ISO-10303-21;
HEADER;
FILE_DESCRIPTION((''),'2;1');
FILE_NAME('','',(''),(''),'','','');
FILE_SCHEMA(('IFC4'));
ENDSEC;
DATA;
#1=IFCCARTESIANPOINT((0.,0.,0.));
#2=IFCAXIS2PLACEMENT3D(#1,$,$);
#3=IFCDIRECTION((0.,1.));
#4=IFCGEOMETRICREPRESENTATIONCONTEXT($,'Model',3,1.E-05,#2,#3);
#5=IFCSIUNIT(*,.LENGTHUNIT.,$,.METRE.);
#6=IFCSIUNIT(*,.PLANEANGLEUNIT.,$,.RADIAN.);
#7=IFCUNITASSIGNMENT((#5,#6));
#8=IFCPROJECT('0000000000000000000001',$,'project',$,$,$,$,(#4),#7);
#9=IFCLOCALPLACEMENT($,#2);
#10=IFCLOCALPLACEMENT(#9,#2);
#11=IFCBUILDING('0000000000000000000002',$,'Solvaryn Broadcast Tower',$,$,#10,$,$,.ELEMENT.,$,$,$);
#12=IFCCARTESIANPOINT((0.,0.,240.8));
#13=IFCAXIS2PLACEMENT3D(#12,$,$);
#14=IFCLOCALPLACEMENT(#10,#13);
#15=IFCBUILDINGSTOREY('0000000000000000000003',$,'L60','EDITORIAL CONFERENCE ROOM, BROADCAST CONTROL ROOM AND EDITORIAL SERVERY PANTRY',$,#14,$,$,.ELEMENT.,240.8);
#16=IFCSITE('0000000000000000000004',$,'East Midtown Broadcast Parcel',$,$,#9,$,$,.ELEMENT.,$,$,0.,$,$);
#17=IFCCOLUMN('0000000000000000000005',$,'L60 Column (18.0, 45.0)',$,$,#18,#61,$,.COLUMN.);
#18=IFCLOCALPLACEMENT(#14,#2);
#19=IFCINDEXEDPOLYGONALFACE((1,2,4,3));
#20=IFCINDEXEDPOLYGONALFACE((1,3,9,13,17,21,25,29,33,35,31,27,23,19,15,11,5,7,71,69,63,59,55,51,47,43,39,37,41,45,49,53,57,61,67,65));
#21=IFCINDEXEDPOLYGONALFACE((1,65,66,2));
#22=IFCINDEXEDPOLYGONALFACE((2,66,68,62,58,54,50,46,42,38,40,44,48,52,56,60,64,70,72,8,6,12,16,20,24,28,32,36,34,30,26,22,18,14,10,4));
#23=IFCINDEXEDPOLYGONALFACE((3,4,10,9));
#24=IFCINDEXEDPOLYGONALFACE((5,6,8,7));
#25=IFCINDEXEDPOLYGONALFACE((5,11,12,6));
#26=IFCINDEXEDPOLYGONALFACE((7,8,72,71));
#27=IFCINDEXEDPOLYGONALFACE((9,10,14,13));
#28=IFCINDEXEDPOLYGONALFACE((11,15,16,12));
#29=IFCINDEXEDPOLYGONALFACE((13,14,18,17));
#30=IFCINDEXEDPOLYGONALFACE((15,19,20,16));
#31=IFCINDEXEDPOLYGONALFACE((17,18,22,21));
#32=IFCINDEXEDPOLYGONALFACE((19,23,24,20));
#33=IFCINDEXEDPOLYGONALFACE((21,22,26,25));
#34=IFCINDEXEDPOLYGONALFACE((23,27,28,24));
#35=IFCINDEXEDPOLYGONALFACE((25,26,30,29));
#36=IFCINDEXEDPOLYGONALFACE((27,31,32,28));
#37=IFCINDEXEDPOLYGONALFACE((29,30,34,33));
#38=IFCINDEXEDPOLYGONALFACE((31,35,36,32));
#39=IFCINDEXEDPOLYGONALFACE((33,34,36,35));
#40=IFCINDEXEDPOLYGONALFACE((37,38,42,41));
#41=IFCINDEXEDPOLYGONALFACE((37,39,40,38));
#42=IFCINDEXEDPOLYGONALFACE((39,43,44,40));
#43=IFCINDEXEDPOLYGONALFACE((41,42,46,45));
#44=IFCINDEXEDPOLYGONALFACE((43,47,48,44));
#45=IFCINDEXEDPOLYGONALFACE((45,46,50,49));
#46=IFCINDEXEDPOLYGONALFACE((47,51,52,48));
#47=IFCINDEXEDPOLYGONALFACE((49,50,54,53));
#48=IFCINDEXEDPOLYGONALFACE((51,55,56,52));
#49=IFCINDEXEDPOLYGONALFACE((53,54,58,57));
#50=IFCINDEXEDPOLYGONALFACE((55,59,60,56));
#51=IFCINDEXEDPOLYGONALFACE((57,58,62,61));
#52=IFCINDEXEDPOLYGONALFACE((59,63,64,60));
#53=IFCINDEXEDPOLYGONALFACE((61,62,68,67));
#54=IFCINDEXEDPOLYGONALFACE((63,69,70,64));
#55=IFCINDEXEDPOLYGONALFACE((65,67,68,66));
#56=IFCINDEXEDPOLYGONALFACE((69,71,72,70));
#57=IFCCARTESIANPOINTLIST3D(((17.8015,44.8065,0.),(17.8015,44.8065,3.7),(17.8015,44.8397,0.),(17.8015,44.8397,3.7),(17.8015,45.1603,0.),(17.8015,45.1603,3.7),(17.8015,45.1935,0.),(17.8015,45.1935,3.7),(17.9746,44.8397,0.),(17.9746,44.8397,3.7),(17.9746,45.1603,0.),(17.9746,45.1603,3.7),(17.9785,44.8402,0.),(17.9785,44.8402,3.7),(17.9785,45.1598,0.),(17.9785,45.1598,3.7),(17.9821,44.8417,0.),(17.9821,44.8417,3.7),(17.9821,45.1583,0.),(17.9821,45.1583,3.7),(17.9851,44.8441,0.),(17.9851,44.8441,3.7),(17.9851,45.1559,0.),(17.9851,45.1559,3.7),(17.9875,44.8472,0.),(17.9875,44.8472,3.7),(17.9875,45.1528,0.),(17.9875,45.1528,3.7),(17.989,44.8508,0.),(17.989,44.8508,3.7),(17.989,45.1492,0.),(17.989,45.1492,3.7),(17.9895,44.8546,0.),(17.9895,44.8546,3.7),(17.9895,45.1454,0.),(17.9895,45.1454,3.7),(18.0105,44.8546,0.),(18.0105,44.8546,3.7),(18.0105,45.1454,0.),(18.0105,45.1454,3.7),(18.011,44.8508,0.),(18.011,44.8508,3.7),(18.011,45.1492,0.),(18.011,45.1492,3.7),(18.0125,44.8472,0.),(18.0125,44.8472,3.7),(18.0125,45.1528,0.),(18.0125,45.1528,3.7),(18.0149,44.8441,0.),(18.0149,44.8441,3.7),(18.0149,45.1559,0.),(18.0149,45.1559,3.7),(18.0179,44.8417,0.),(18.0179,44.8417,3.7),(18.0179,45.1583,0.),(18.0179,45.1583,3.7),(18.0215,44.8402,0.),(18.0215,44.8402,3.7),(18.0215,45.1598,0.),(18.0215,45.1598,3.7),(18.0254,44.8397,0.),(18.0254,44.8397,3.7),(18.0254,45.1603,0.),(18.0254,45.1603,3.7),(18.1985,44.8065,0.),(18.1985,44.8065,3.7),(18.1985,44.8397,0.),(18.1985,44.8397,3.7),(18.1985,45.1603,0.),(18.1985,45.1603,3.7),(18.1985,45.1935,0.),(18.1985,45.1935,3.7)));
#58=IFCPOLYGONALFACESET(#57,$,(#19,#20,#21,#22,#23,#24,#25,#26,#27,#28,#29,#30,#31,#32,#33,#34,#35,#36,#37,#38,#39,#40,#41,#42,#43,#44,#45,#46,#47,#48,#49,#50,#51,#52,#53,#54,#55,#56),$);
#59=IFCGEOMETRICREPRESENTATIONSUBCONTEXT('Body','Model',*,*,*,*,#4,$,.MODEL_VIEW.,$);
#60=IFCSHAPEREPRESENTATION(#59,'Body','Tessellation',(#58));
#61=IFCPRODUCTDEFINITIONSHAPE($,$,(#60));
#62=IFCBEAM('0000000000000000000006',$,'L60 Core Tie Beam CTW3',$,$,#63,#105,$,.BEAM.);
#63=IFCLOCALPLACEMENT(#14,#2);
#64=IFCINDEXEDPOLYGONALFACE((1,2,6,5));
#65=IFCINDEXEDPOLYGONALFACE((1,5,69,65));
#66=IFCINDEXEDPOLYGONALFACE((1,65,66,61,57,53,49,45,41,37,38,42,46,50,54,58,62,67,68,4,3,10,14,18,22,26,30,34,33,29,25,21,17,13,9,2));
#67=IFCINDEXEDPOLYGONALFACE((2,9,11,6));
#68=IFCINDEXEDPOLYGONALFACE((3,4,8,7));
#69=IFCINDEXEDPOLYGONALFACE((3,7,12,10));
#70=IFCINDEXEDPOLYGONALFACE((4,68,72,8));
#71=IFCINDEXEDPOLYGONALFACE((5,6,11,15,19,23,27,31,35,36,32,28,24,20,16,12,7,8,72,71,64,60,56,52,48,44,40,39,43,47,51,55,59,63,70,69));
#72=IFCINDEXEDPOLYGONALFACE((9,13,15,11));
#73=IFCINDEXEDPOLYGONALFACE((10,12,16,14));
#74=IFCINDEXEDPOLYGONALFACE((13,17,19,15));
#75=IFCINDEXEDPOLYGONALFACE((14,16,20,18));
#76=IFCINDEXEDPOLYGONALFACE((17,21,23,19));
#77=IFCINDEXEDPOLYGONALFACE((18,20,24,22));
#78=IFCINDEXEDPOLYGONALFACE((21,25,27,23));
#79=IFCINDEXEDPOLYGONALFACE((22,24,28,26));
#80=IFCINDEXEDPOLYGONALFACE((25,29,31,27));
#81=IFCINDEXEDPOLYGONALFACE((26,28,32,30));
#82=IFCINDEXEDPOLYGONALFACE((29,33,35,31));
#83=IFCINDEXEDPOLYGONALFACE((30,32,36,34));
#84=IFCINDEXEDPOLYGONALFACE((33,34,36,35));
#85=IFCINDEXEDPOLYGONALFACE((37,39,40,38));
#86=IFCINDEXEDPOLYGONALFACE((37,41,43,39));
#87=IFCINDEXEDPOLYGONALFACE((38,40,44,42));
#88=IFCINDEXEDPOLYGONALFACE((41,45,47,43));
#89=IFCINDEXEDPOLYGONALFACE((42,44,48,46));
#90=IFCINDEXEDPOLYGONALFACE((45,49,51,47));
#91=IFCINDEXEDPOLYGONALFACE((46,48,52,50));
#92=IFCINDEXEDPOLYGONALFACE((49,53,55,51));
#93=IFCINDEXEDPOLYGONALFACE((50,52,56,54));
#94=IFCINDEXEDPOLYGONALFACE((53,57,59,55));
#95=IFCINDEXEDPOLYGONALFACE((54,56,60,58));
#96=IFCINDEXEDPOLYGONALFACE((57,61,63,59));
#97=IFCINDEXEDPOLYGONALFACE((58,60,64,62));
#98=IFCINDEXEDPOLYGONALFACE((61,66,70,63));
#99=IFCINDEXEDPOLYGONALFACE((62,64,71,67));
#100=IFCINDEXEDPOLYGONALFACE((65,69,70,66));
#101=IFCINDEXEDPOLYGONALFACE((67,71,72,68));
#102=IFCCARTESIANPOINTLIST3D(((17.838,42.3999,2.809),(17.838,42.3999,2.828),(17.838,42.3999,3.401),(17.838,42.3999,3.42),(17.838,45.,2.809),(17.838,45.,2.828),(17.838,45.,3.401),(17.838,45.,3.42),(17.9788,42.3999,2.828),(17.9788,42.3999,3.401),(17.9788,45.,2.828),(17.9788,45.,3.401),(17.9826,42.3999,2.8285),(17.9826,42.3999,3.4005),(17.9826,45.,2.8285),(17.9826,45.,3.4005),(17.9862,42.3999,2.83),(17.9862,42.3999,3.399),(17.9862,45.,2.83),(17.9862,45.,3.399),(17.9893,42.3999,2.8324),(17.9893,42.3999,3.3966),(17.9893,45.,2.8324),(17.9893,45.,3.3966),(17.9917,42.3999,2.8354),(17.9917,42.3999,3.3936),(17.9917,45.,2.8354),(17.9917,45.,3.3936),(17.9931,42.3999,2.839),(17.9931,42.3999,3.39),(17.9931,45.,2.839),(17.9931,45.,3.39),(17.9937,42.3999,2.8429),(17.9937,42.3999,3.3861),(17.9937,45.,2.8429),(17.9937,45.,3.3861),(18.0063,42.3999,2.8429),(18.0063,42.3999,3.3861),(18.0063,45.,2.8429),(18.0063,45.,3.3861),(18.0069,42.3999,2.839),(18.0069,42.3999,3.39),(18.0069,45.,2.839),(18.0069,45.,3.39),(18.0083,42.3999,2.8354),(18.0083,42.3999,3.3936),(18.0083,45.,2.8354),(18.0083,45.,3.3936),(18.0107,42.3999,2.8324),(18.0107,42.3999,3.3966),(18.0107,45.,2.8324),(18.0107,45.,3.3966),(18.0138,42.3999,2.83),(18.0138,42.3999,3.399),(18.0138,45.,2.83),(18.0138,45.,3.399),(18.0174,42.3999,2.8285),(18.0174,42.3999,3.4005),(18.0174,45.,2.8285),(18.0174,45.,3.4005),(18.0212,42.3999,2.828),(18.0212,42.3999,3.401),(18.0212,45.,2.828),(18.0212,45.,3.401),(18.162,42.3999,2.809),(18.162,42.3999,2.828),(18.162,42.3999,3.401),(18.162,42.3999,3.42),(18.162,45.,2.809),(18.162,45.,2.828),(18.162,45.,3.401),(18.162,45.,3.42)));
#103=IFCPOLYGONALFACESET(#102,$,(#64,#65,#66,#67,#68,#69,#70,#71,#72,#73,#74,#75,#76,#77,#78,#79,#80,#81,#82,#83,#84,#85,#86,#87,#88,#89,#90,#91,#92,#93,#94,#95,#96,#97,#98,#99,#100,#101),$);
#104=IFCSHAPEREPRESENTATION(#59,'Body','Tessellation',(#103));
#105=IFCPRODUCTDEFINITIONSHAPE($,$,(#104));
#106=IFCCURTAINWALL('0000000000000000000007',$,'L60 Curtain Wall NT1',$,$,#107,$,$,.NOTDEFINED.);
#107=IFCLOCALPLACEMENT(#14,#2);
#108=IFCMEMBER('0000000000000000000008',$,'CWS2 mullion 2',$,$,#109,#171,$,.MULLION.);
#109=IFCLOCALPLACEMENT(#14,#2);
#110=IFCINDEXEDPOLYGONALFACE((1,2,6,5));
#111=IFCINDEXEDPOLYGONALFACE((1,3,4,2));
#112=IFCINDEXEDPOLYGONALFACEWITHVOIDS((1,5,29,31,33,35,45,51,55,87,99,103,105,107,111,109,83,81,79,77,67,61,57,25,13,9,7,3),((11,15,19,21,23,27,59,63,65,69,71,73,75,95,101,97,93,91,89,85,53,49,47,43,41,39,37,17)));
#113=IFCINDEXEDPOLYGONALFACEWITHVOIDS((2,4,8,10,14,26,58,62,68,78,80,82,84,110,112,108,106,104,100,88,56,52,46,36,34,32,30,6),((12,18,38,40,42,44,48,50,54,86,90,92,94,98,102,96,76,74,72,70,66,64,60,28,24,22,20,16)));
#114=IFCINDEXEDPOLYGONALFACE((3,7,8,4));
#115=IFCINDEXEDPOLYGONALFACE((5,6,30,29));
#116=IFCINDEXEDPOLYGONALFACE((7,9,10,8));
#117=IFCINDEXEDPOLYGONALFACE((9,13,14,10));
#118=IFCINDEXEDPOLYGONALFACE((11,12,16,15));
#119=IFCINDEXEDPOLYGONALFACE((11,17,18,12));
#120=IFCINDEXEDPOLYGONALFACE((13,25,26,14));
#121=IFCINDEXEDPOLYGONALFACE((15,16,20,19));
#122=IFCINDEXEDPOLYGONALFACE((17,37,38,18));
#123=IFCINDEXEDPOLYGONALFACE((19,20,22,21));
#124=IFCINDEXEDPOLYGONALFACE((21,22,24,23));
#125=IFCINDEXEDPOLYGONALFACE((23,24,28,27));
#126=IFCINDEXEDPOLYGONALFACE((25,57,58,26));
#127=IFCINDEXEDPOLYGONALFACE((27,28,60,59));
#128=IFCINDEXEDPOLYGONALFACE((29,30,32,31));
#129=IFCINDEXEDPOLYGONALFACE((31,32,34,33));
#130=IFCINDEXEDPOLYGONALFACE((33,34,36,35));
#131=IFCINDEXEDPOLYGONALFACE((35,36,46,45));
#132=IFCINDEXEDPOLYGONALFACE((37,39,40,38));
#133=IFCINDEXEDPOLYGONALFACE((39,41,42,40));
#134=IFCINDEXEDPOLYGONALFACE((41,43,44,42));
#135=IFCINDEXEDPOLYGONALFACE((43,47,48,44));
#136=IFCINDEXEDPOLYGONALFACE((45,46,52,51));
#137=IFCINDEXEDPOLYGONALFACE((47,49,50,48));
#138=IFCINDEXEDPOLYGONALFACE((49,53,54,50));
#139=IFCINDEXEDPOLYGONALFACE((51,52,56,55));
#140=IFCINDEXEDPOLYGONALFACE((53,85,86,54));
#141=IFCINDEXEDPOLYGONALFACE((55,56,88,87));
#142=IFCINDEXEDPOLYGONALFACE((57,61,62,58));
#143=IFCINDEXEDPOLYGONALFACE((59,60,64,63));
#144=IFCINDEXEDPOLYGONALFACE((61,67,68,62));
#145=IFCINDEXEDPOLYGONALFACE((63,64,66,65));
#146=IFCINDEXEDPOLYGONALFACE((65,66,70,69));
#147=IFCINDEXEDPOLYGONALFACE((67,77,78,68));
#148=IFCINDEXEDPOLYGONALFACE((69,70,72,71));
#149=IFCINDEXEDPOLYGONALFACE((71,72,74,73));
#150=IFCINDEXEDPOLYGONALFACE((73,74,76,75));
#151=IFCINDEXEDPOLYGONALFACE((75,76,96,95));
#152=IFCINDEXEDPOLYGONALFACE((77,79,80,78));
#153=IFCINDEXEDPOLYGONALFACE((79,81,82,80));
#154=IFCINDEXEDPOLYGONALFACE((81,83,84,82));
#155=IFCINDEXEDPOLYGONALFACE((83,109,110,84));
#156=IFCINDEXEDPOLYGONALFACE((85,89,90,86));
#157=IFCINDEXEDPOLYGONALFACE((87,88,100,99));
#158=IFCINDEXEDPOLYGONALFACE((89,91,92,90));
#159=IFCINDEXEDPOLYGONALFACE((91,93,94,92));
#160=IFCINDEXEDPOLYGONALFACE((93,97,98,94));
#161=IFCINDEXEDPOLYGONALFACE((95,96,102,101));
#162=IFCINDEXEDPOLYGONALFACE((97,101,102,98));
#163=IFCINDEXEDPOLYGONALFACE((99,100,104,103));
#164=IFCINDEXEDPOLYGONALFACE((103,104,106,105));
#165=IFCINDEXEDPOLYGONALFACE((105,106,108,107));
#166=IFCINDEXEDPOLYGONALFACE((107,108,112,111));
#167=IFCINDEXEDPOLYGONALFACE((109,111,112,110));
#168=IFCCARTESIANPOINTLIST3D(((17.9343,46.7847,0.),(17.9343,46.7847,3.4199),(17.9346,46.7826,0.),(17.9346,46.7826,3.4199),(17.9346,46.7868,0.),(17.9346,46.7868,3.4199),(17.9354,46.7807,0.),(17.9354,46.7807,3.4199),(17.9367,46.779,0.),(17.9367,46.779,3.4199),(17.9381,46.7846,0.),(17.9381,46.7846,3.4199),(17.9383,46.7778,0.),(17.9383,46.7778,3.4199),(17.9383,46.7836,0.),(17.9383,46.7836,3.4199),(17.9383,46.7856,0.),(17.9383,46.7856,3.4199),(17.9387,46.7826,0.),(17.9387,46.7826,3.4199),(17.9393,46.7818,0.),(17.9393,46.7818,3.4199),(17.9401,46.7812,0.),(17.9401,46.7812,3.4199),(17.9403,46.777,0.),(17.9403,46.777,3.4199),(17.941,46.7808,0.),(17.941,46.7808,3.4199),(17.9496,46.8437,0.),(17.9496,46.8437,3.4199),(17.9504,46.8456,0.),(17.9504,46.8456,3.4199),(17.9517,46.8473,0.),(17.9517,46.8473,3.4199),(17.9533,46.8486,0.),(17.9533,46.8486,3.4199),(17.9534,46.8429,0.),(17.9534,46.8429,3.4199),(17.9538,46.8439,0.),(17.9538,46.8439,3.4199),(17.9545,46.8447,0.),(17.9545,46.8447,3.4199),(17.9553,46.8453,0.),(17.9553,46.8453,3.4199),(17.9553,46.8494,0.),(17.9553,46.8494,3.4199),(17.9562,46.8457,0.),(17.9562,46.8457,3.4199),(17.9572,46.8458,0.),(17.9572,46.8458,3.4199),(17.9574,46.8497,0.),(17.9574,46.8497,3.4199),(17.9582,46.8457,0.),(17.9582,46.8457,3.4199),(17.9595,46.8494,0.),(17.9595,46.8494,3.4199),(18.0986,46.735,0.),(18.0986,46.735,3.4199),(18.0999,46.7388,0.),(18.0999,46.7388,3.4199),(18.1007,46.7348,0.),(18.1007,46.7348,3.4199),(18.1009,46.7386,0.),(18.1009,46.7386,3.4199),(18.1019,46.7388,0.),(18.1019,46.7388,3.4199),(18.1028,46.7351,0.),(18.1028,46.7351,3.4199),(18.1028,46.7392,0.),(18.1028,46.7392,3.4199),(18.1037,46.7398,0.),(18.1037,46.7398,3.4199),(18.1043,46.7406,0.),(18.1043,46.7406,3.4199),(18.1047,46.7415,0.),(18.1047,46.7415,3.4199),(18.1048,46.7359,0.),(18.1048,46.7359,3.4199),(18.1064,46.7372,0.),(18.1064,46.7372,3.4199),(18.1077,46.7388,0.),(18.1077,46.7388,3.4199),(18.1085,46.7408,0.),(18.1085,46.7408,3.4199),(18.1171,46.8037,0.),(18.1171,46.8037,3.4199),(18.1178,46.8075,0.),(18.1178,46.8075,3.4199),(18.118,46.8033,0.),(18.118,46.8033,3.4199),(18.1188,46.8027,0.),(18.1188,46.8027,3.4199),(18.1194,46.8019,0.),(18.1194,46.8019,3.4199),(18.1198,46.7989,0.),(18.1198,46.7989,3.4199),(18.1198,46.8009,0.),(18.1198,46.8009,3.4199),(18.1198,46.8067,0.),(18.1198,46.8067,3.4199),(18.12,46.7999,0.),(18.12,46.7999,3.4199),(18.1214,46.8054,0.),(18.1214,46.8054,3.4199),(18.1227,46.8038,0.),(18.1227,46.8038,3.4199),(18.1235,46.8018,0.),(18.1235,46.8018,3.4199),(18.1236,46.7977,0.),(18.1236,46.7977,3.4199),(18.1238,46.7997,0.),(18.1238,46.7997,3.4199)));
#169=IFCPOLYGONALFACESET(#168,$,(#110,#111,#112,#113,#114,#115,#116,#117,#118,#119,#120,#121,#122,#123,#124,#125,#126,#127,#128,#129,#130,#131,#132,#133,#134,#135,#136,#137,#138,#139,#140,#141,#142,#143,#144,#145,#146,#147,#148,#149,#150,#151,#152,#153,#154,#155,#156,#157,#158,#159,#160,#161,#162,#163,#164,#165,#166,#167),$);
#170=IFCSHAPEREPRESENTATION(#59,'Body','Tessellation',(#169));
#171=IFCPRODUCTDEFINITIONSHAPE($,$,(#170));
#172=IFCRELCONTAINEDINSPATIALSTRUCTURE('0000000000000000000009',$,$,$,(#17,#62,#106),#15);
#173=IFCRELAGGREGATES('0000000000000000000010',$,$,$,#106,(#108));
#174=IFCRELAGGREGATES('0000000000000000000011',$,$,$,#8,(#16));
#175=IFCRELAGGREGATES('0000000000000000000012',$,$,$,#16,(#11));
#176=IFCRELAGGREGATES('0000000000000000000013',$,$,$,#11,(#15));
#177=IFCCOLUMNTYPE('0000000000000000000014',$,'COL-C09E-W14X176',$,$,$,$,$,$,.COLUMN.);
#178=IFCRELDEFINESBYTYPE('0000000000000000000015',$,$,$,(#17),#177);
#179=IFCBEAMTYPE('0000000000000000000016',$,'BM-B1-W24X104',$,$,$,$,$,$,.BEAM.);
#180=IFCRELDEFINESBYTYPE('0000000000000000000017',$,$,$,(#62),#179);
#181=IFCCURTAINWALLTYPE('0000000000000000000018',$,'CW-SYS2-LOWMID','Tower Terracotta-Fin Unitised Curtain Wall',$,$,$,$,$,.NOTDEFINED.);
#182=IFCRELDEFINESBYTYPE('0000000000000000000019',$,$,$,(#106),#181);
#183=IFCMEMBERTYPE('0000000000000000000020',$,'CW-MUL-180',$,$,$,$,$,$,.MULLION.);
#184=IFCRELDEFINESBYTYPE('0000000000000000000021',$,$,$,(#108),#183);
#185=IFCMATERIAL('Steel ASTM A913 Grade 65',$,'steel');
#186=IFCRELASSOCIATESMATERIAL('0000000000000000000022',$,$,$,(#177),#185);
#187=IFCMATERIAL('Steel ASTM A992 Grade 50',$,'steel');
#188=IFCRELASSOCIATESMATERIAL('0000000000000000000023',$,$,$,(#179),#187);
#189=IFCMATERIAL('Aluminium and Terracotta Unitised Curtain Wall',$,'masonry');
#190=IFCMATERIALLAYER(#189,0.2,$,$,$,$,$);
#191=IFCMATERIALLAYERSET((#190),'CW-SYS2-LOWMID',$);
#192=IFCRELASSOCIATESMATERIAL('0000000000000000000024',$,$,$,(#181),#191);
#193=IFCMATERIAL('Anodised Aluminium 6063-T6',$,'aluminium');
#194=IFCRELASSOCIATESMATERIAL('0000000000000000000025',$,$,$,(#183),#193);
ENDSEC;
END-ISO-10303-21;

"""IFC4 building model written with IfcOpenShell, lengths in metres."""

from ifc_helpers import new_model, si_unit, direction, frame, origin, origin_2d, place, context, subcontext, project, spatial, hollow_rectangle, i_section, extrude, material, layer, layer_set, material_profile, profile_set, type_object, element, aggregate, save


model = new_model("IFC4")

# Units and contexts
model_context = context("Model", 3, precision=1e-05, world=origin(), true_north=direction((0.0, 1.0)))
body_context = subcontext(model_context, "Body", "Model", "MODEL_VIEW")
ifc_project = project(units=[si_unit("LENGTHUNIT", "METRE"), si_unit("PLANEANGLEUNIT", "RADIAN")], contexts=[model_context])

# Site, building, storey
site_placement = place(None, origin())
site = spatial("IfcSite", under=ifc_project, at=site_placement, Name="East Midtown Broadcast Parcel", CompositionType="ELEMENT", RefElevation=0.0)
building_placement = place(site_placement, origin())
building = spatial("IfcBuilding", under=site, at=building_placement, Name="Solvaryn Broadcast Tower", CompositionType="ELEMENT")
storey_placement = place(building_placement, frame((0.0, 0.0, 240.8)))
storey = spatial("IfcBuildingStorey", under=building, at=storey_placement, Name="L60", Description="EDITORIAL CONFERENCE ROOM, BROADCAST CONTROL ROOM AND EDITORIAL SERVERY PANTRY", CompositionType="ELEMENT", Elevation=240.8)

# Column
ifc_material_1 = material(Name="Steel ASTM A913 Grade 65", Category="steel")
ifc_material_profile_1 = material_profile(ifc_material_1, i_section(OverallWidth=0.397, OverallDepth=0.387, WebThickness=0.021, FlangeThickness=0.0332, FilletRadius=0.0149, at=origin_2d()))
ifc_profile_set_1 = profile_set([ifc_material_profile_1], Name="Steel ASTM A913 Grade 65")
column_type = type_object("IfcColumnType", Name="COL-C09E-W14X176", PredefinedType="COLUMN", material=ifc_profile_set_1)
column_placement = place(storey_placement, frame((18.0, 45.0, 0.0), z_axis=(0.0, 0.0, 1.0), x_axis=(1.0, 0.0, 0.0)))
element("IfcColumn", 1, at=column_placement, inside=storey, type_object=column_type, Name="L60 Column (18.0, 45.0)", PredefinedType="COLUMN", context=body_context, shape_type="SweptSolid", body=[
    extrude(i_section(OverallWidth=0.397, OverallDepth=0.387, WebThickness=0.021, FlangeThickness=0.0332, FilletRadius=0.0149, at=origin_2d()), origin(), (0.0, 0.0, 1.0), 3.7),
])

# Beam
ifc_material_2 = material(Name="Steel ASTM A992 Grade 50", Category="steel")
ifc_material_profile_2 = material_profile(ifc_material_2, i_section(OverallWidth=0.324, OverallDepth=0.6111, WebThickness=0.0127, FlangeThickness=0.019, FilletRadius=0.0149, at=origin_2d()))
ifc_profile_set_2 = profile_set([ifc_material_profile_2], Name="Steel ASTM A992 Grade 50")
beam_type = type_object("IfcBeamType", Name="BM-B1-W24X104", PredefinedType="BEAM", material=ifc_profile_set_2)
beam_placement = place(storey_placement, frame((18.0, 42.3999, 3.1145), z_axis=(0.0, 1.0, 0.0), x_axis=(-1.0, 0.0, 0.0)))
element("IfcBeam", 2, at=beam_placement, inside=storey, type_object=beam_type, Name="L60 Core Tie Beam CTW3", PredefinedType="BEAM", context=body_context, shape_type="SweptSolid", body=[
    extrude(i_section(OverallWidth=0.324, OverallDepth=0.6111, WebThickness=0.0127, FlangeThickness=0.019, FilletRadius=0.0149, at=origin_2d()), origin(), (0.0, 0.0, 1.0), 2.6001),
])

# Curtain wall, member
ifc_material_3 = material(Name="Aluminium and Terracotta Unitised Curtain Wall", Category="masonry")
ifc_layer_1 = layer(ifc_material_3, 0.2)
ifc_layer_set_1 = layer_set([ifc_layer_1], Name="CW-SYS2-LOWMID")
curtain_wall_type = type_object("IfcCurtainWallType", Name="CW-SYS2-LOWMID", Description="Tower Terracotta-Fin Unitised Curtain Wall", PredefinedType="NOTDEFINED", material=ifc_layer_set_1)
curtain_wall_1_placement = place(storey_placement, origin())
curtain_wall_1 = element("IfcCurtainWall", 3, at=curtain_wall_1_placement, inside=storey, type_object=curtain_wall_type, Name="L60 Curtain Wall NT1", PredefinedType="NOTDEFINED")
ifc_material_4 = material(Name="Anodised Aluminium 6063-T6", Category="aluminium")
ifc_material_profile_3 = material_profile(ifc_material_4, hollow_rectangle(XDim=0.075, YDim=0.1799, WallThickness=0.0039, InnerFilletRadius=0.0039, OuterFilletRadius=0.0081, at=origin_2d()))
ifc_profile_set_3 = profile_set([ifc_material_profile_3], Name="Anodised Aluminium 6063-T6")
member_type_1 = type_object("IfcMemberType", Name="CW-MUL-180", PredefinedType="MULLION", material=ifc_profile_set_3)
member_1_placement = place(storey_placement, frame((18.0291, 46.7922, 0.0), z_axis=(0.0, 0.0, 1.0), x_axis=(-0.255893, -0.966705, 0.0)))
member_1 = element("IfcMember", 4, at=member_1_placement, type_object=member_type_1, Name="CWS2 mullion 2", PredefinedType="MULLION", context=body_context, shape_type="SweptSolid", body=[
    extrude(hollow_rectangle(XDim=0.075, YDim=0.1799, WallThickness=0.0039, InnerFilletRadius=0.0039, OuterFilletRadius=0.0081, at=origin_2d()), origin(), (0.0, 0.0, 1.0), 3.4199),
])

aggregate(curtain_wall_1, [member_1])

save(model, "model.ifc")
